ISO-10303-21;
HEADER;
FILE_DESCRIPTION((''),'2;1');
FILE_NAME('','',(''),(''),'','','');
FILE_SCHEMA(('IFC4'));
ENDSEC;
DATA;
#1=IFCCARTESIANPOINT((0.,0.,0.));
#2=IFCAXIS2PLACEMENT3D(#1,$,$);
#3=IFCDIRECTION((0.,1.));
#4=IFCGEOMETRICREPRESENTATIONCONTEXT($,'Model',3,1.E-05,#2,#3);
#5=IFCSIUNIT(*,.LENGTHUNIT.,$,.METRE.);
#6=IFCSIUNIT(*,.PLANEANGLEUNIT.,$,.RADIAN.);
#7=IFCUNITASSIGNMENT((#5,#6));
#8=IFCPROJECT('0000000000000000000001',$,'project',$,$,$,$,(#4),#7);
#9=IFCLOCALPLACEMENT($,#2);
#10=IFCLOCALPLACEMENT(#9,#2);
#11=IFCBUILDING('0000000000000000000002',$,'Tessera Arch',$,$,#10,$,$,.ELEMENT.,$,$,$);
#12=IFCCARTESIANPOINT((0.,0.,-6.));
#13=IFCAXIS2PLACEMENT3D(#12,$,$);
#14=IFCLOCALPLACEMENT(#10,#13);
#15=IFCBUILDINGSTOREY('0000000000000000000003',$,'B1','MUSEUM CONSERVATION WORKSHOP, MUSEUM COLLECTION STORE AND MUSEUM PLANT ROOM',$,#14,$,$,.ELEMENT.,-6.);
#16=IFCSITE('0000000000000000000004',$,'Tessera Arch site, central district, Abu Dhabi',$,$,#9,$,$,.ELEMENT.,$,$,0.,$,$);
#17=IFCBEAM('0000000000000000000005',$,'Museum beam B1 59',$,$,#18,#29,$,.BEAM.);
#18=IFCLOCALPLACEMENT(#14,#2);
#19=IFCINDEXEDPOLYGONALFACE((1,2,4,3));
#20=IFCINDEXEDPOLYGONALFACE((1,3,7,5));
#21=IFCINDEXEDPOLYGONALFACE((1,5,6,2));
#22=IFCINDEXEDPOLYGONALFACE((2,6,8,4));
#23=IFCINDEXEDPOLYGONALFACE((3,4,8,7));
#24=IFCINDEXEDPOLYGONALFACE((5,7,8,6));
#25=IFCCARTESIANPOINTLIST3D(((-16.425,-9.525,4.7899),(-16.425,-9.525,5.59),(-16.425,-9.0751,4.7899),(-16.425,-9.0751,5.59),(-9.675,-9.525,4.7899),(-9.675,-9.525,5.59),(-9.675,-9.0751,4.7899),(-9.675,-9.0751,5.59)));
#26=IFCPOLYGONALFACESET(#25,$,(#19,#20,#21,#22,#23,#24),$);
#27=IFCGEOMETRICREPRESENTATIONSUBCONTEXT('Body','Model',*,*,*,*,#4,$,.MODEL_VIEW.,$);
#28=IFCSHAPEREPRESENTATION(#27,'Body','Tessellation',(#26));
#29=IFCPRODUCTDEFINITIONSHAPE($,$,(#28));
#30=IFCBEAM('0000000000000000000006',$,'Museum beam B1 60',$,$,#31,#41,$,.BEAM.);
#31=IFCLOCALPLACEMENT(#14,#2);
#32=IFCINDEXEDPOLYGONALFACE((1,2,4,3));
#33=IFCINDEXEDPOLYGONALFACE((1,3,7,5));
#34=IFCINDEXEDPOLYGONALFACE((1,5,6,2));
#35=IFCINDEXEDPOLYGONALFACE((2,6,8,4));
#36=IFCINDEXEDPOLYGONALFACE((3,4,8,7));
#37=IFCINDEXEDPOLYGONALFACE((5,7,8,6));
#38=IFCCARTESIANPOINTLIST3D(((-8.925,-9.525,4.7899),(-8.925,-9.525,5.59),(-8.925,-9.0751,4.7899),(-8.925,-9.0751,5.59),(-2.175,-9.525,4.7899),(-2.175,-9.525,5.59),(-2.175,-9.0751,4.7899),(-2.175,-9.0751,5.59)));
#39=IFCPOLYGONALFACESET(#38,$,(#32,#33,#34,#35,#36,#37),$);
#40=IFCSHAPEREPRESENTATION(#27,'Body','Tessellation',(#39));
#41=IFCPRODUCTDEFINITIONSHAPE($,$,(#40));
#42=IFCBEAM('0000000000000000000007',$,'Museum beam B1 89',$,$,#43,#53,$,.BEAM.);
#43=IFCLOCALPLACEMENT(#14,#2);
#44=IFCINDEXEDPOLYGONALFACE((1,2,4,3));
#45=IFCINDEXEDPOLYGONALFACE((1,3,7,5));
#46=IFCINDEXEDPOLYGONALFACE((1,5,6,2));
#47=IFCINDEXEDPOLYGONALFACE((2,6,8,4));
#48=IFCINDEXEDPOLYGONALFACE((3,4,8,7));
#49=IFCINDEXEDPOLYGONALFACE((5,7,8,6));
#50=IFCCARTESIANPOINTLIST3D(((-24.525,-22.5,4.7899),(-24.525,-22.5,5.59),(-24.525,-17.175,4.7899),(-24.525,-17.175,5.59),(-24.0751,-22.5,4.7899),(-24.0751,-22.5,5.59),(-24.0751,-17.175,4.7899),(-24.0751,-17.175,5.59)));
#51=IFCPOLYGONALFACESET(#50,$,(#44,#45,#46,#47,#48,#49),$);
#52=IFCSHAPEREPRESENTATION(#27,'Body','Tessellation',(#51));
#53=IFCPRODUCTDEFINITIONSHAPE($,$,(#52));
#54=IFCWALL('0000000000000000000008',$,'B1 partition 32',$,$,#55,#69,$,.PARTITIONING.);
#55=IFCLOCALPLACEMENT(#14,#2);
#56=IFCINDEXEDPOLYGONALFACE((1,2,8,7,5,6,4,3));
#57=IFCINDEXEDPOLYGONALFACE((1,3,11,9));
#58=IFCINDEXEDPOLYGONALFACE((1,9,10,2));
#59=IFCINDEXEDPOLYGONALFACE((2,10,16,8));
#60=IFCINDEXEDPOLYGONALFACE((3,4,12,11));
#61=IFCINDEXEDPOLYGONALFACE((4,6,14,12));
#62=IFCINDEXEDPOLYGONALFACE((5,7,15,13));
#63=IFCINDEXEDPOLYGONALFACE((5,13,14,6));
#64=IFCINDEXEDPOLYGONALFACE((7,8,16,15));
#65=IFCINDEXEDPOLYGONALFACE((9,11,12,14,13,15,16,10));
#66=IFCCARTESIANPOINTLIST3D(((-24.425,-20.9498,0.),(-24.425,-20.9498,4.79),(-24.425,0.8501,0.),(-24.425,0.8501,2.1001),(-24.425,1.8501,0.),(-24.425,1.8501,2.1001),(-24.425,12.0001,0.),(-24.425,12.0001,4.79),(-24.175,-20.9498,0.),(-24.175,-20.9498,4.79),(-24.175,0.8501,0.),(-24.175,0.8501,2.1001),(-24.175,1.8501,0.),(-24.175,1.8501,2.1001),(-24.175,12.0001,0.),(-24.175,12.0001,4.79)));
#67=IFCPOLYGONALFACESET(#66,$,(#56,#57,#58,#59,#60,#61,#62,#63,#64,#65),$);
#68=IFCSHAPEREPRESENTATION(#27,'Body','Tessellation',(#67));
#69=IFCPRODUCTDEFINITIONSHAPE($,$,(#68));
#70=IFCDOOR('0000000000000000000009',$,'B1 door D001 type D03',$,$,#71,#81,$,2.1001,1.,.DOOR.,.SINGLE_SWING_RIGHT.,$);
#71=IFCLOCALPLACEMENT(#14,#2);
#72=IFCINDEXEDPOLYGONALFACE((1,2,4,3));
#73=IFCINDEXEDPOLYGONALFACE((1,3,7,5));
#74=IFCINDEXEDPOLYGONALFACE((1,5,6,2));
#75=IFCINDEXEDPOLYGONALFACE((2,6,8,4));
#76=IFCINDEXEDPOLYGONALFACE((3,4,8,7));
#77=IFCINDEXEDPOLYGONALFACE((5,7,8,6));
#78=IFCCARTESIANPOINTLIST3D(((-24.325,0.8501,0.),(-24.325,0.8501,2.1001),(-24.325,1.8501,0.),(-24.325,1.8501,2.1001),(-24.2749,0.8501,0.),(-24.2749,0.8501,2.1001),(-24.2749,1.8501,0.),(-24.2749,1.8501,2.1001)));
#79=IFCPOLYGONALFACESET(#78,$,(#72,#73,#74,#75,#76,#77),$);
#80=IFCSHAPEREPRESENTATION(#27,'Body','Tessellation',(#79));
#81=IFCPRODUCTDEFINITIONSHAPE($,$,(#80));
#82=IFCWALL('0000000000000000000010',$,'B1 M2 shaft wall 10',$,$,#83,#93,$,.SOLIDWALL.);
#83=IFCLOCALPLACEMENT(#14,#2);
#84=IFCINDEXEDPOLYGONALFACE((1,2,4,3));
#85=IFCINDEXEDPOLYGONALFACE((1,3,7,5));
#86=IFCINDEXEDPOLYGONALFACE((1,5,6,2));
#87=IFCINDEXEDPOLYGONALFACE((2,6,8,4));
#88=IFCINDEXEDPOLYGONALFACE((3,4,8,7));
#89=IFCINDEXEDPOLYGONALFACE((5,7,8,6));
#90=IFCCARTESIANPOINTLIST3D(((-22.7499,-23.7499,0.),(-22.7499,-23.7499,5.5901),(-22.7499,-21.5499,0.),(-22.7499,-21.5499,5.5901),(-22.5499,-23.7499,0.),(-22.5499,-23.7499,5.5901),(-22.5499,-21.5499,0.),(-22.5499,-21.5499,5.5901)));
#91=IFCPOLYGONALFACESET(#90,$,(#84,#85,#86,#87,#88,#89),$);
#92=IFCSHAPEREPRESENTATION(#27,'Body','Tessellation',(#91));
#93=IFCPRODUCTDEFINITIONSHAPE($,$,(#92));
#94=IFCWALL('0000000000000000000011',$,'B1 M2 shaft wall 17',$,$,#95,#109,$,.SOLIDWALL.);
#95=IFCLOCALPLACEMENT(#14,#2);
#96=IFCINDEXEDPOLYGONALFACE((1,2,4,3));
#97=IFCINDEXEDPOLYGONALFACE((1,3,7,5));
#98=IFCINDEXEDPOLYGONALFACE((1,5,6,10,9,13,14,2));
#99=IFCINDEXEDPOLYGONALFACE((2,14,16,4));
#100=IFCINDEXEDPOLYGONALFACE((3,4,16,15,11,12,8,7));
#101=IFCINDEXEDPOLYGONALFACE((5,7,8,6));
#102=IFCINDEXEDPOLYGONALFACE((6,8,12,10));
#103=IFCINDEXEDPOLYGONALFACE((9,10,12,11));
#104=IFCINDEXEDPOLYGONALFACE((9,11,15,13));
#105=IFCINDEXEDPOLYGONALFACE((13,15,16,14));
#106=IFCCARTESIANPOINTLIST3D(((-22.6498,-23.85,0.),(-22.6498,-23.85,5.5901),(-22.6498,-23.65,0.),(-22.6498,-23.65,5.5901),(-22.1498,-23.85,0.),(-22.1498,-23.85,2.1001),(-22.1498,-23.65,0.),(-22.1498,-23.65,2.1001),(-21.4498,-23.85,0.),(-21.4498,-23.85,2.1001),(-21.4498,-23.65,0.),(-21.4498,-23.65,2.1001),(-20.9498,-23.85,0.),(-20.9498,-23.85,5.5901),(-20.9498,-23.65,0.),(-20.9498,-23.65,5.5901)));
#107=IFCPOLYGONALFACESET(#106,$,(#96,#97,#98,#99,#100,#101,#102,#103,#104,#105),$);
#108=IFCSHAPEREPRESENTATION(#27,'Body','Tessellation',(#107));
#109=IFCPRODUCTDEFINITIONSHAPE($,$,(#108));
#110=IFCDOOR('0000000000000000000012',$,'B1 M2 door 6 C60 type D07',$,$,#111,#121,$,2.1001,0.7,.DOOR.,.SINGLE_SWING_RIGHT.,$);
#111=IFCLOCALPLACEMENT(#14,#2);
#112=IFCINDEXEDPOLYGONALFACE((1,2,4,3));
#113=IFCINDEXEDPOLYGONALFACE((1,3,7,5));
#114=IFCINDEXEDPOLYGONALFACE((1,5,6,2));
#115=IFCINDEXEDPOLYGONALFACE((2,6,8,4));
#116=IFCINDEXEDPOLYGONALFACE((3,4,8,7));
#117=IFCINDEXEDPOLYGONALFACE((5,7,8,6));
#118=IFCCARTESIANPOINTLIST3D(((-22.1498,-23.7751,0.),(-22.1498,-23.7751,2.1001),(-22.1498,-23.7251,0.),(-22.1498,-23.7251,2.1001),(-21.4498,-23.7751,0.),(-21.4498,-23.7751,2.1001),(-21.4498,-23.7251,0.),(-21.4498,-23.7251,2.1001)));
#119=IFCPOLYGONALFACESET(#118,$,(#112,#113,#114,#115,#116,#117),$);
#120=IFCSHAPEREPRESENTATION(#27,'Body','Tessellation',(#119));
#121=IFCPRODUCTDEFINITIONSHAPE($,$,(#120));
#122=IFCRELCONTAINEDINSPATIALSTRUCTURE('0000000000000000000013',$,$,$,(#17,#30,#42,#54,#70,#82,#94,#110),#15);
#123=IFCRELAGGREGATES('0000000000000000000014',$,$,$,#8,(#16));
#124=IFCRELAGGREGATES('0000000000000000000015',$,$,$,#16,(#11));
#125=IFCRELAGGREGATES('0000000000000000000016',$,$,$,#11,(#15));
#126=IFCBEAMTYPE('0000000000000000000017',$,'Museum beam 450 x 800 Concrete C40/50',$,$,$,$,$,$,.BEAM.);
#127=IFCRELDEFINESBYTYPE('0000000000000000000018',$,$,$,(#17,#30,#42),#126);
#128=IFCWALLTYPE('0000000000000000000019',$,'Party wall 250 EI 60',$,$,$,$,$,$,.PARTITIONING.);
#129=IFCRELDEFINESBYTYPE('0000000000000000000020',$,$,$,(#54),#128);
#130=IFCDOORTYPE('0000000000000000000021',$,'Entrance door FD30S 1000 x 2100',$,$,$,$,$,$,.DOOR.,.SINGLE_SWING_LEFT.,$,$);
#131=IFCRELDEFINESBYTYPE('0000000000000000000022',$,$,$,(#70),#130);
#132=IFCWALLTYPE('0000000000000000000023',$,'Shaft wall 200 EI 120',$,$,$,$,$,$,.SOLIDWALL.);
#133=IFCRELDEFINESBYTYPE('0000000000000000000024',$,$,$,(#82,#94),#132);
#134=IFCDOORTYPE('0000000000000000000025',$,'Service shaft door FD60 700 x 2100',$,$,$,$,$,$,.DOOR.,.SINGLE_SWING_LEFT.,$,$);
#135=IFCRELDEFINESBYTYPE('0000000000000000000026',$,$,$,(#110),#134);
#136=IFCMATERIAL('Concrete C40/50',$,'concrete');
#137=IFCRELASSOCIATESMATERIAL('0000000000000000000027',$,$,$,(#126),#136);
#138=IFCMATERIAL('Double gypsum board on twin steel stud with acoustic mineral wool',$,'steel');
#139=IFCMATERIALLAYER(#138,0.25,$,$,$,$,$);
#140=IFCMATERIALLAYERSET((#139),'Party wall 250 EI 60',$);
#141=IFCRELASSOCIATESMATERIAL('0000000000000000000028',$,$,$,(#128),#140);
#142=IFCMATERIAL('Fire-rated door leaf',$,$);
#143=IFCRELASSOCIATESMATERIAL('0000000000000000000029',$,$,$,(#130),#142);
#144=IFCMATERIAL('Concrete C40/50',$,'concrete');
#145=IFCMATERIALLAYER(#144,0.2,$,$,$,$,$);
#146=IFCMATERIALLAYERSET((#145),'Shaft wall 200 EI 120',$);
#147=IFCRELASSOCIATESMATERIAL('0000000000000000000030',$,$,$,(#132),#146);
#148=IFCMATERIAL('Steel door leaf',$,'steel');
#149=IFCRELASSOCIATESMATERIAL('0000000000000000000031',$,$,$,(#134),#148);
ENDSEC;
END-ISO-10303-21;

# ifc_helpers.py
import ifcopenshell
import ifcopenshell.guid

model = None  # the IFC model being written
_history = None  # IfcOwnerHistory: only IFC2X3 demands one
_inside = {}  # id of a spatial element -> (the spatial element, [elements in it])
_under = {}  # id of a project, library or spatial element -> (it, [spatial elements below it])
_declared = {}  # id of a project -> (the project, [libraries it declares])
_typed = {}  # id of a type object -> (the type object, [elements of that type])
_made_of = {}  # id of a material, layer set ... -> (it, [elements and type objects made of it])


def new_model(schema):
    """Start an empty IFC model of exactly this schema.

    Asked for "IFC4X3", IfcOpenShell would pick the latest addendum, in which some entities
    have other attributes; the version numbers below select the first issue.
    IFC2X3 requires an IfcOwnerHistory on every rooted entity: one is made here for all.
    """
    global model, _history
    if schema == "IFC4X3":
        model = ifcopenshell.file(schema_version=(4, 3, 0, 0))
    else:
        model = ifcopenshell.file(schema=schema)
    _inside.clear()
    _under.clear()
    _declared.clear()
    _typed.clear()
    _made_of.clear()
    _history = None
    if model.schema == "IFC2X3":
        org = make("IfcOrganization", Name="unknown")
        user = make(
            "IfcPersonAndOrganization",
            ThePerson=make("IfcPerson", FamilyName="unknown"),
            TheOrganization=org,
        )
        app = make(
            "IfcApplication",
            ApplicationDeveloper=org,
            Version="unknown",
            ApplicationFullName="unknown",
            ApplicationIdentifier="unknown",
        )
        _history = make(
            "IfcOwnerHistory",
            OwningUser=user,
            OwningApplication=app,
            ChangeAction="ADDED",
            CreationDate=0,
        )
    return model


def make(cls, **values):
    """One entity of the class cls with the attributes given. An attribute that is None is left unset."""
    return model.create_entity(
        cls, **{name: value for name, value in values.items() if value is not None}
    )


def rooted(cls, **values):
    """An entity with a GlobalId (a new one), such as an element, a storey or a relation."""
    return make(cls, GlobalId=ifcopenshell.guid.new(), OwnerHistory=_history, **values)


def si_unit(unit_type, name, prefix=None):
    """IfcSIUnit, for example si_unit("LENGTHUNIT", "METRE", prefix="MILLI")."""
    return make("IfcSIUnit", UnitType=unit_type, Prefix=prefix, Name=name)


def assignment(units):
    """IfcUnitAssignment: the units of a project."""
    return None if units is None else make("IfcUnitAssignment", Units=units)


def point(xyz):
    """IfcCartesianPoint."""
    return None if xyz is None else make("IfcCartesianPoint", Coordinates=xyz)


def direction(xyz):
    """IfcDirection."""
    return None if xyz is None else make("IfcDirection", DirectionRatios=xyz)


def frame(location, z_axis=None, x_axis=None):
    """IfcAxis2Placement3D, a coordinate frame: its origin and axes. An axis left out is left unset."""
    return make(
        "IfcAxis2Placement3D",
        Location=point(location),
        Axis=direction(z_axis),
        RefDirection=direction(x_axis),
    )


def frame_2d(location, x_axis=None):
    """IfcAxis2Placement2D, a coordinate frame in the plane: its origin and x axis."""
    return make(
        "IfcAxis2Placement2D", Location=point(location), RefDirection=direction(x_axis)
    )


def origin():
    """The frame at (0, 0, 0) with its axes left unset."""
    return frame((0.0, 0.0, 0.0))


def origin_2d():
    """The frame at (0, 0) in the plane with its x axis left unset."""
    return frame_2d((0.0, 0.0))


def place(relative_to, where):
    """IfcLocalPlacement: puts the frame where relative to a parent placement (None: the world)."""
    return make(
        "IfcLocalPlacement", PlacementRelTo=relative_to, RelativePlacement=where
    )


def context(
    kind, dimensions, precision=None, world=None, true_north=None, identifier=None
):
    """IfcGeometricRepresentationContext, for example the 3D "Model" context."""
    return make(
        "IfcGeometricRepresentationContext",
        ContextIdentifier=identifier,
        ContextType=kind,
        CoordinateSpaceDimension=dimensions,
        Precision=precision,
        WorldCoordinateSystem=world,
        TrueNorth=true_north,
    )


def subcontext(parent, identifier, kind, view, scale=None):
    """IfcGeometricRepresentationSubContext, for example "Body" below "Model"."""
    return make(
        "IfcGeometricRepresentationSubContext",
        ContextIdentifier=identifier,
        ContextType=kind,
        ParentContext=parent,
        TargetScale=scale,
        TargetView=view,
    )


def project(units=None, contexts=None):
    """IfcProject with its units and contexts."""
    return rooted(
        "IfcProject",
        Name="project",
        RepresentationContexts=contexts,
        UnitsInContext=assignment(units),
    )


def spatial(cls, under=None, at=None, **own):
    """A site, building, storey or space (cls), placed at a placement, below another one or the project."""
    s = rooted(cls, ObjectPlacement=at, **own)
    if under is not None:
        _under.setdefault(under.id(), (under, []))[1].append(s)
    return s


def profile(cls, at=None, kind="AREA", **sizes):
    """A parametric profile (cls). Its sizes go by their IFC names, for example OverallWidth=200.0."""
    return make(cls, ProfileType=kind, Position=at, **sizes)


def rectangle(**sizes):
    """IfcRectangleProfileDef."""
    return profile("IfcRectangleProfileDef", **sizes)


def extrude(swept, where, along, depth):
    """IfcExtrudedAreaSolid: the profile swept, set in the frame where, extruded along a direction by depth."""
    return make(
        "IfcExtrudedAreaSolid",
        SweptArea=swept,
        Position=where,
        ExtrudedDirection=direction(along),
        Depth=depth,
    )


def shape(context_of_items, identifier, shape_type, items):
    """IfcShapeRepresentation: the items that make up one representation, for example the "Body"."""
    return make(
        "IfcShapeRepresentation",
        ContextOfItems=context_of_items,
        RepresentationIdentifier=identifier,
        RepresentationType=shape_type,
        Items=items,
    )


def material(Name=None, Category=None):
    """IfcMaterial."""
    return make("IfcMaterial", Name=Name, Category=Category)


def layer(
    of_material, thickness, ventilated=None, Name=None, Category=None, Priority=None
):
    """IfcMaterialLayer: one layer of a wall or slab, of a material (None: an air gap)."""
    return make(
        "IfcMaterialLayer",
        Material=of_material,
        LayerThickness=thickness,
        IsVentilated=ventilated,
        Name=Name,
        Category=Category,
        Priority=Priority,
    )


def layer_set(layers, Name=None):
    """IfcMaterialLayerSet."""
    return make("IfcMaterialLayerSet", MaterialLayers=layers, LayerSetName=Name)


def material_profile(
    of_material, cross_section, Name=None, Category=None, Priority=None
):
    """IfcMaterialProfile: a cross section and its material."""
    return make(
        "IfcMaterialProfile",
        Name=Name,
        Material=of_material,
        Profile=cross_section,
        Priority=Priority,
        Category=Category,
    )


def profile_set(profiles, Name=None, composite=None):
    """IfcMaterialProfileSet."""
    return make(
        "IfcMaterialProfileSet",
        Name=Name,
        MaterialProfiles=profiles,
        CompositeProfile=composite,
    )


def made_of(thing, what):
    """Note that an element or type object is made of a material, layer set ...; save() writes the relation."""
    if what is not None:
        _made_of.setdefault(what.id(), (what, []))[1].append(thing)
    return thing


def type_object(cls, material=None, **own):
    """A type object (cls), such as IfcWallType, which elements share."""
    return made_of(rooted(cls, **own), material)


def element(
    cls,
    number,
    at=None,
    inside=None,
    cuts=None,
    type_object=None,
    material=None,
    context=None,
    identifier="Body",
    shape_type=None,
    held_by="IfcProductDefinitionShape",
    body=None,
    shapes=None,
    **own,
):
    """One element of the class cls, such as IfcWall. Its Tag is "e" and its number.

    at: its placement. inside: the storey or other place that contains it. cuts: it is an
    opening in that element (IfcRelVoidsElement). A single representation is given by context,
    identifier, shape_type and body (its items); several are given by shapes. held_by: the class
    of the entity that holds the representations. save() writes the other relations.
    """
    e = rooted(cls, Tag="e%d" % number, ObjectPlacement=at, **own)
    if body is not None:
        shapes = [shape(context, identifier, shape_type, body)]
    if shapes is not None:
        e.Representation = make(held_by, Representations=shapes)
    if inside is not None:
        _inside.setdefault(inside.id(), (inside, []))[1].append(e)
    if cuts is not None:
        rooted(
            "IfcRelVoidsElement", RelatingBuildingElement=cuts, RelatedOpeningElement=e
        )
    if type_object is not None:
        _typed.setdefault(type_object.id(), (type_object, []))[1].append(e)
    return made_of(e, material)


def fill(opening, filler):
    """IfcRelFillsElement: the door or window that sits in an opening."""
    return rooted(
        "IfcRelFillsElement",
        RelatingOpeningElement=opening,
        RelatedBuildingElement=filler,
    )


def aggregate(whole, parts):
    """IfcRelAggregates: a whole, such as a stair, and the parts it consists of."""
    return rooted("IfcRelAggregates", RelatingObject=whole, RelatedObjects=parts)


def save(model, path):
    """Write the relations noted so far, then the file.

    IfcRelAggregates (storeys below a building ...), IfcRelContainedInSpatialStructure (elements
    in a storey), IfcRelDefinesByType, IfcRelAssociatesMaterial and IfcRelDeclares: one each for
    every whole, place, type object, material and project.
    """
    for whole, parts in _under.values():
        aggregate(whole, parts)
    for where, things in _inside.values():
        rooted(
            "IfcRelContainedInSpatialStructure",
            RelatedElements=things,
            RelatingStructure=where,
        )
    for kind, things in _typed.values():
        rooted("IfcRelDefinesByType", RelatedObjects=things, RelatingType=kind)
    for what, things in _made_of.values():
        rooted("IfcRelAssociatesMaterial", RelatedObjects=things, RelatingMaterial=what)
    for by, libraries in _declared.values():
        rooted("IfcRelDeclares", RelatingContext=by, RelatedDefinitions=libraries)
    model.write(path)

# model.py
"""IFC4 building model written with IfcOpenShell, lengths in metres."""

from ifc_helpers import new_model, si_unit, direction, frame, frame_2d, origin, origin_2d, place, context, subcontext, project, spatial, rectangle, extrude, material, layer, layer_set, material_profile, profile_set, type_object, element, fill, save


model = new_model("IFC4")

# Units and contexts
model_context = context("Model", 3, precision=1e-05, world=origin(), true_north=direction((0.0, 1.0)))
body_context = subcontext(model_context, "Body", "Model", "MODEL_VIEW")
ifc_project = project(units=[si_unit("LENGTHUNIT", "METRE"), si_unit("PLANEANGLEUNIT", "RADIAN")], contexts=[model_context])

# Site, building, storey
site_placement = place(None, origin())
site = spatial("IfcSite", under=ifc_project, at=site_placement, Name="Tessera Arch site, central district, Abu Dhabi", CompositionType="ELEMENT", RefElevation=0.0)
building_placement = place(site_placement, origin())
building = spatial("IfcBuilding", under=site, at=building_placement, Name="Tessera Arch", CompositionType="ELEMENT")
storey_placement = place(building_placement, frame((0.0, 0.0, -6.0)))
storey = spatial("IfcBuildingStorey", under=building, at=storey_placement, Name="B1", Description="MUSEUM CONSERVATION WORKSHOP, MUSEUM COLLECTION STORE AND MUSEUM PLANT ROOM", CompositionType="ELEMENT", Elevation=-6.0)

# Beams
ifc_material_1 = material(Name="Concrete C40/50", Category="concrete")
ifc_material_profile_1 = material_profile(ifc_material_1, rectangle(XDim=0.45, YDim=0.8, at=origin_2d()), Name="Museum beam 450 x 800 Concrete C40/50")
ifc_profile_set_1 = profile_set([ifc_material_profile_1], Name="Concrete C40/50")
beam_type = type_object("IfcBeamType", Name="Museum beam 450 x 800 Concrete C40/50", PredefinedType="BEAM", material=ifc_profile_set_1)
for number, where, z_axis, x_axis, name in (
    (1, (-16.425, -9.3, 5.1899), (1.0, 0.0, 0.0), (0.0, 1.0, 0.0), "Museum beam B1 59"),
    (2, (-8.925, -9.3, 5.1899), (1.0, 0.0, 0.0), (0.0, 1.0, 0.0), "Museum beam B1 60"),
):
    element("IfcBeam", number, at=place(storey_placement, frame(where, z_axis=z_axis, x_axis=x_axis)), inside=storey, type_object=beam_type, Name=name, PredefinedType="BEAM", context=body_context, shape_type="SweptSolid", body=[
        extrude(rectangle(XDim=0.45, YDim=0.8, at=origin_2d()), origin(), (0.0, 0.0, 1.0), 6.75),
    ])
beam_1_placement = place(storey_placement, frame((-24.3, -17.175, 5.1899), z_axis=(0.0, -1.0, 0.0), x_axis=(1.0, 0.0, 0.0)))
element("IfcBeam", 3, at=beam_1_placement, inside=storey, type_object=beam_type, Name="Museum beam B1 89", PredefinedType="BEAM", context=body_context, shape_type="SweptSolid", body=[
    extrude(rectangle(XDim=0.45, YDim=0.8, at=origin_2d()), origin(), (0.0, 0.0, 1.0), 5.325),
])

# Wall, opening, door
ifc_material_2 = material(Name="Double gypsum board on twin steel stud with acoustic mineral wool", Category="steel")
ifc_layer_1 = layer(ifc_material_2, 0.25)
ifc_layer_set_1 = layer_set([ifc_layer_1], Name="Party wall 250 EI 60")
wall_type_1 = type_object("IfcWallType", Name="Party wall 250 EI 60", PredefinedType="PARTITIONING", material=ifc_layer_set_1)
wall_1_placement = place(storey_placement, frame((-24.3, -20.95, 0.0), z_axis=(0.0, 0.0, 1.0), x_axis=(0.0, 1.0, 0.0)))
wall_1 = element("IfcWall", 4, at=wall_1_placement, inside=storey, type_object=wall_type_1, Name="B1 partition 32", PredefinedType="PARTITIONING", context=body_context, shape_type="SweptSolid", body=[
    extrude(rectangle(XDim=32.95, YDim=0.25, at=frame_2d((16.4751, 0.0))), origin(), (0.0, 0.0, 1.0), 4.79),
])
opening_1_placement = place(wall_1_placement, frame((21.8, 0.0, 0.0)))
opening_1 = element("IfcOpeningElement", 5, at=opening_1_placement, cuts=wall_1, PredefinedType="OPENING", context=body_context, shape_type="SweptSolid", body=[
    extrude(rectangle(XDim=1.0, YDim=2.1001, at=frame_2d((0.5, 1.05))), frame((0.0, 0.135, 0.0), z_axis=(0.0, -1.0, 0.0), x_axis=(1.0, 0.0, 0.0)), (0.0, 0.0, 1.0), 0.27),
])
ifc_material_3 = material(Name="Fire-rated door leaf")
door_type_1 = type_object("IfcDoorType", Name="Entrance door FD30S 1000 x 2100", OperationType="SINGLE_SWING_LEFT", PredefinedType="DOOR", material=ifc_material_3)
door_1_placement = place(opening_1_placement, origin())
door_1 = element("IfcDoor", 6, at=door_1_placement, inside=storey, type_object=door_type_1, Name="B1 door D001 type D03", OperationType="SINGLE_SWING_RIGHT", OverallHeight=2.1001, OverallWidth=1.0, PredefinedType="DOOR", context=body_context, shape_type="SweptSolid", body=[
    extrude(rectangle(XDim=1.0, YDim=2.1001, at=frame_2d((0.5, 1.05))), frame((0.0, 0.0249, 0.0), z_axis=(0.0, -1.0, 0.0), x_axis=(1.0, 0.0, 0.0)), (0.0, 0.0, 1.0), 0.05),
])
fill(opening_1, door_1)

# Wall
ifc_material_4 = material(Name="Concrete C40/50", Category="concrete")
ifc_layer_2 = layer(ifc_material_4, 0.2)
ifc_layer_set_2 = layer_set([ifc_layer_2], Name="Shaft wall 200 EI 120")
wall_type_2 = type_object("IfcWallType", Name="Shaft wall 200 EI 120", PredefinedType="SOLIDWALL", material=ifc_layer_set_2)
wall_2_placement = place(storey_placement, frame((-22.6499, -23.75, 0.0), z_axis=(0.0, 0.0, 1.0), x_axis=(0.0, 1.0, 0.0)))
element("IfcWall", 7, at=wall_2_placement, inside=storey, type_object=wall_type_2, Name="B1 M2 shaft wall 10", PredefinedType="SOLIDWALL", context=body_context, shape_type="SweptSolid", body=[
    extrude(rectangle(XDim=2.2, YDim=0.2, at=frame_2d((1.1001, 0.0))), origin(), (0.0, 0.0, 1.0), 5.5901),
])

# Wall, opening, door
wall_3_placement = place(storey_placement, frame((-22.6499, -23.75, 0.0), z_axis=(0.0, 0.0, 1.0), x_axis=(1.0, 0.0, 0.0)))
wall_3 = element("IfcWall", 8, at=wall_3_placement, inside=storey, type_object=wall_type_2, Name="B1 M2 shaft wall 17", PredefinedType="SOLIDWALL", context=body_context, shape_type="SweptSolid", body=[
    extrude(rectangle(XDim=1.7, YDim=0.2, at=frame_2d((0.8501, 0.0))), origin(), (0.0, 0.0, 1.0), 5.5901),
])
opening_2_placement = place(wall_3_placement, frame((0.5, 0.0, 0.0)))
opening_2 = element("IfcOpeningElement", 9, at=opening_2_placement, cuts=wall_3, PredefinedType="OPENING", context=body_context, shape_type="SweptSolid", body=[
    extrude(rectangle(XDim=0.7, YDim=2.1001, at=frame_2d((0.3501, 1.05))), frame((0.0, 0.1099, 0.0), z_axis=(0.0, -1.0, 0.0), x_axis=(1.0, 0.0, 0.0)), (0.0, 0.0, 1.0), 0.22),
])
ifc_material_5 = material(Name="Steel door leaf", Category="steel")
door_type_2 = type_object("IfcDoorType", Name="Service shaft door FD60 700 x 2100", OperationType="SINGLE_SWING_LEFT", PredefinedType="DOOR", material=ifc_material_5)
door_2_placement = place(opening_2_placement, origin())
door_2 = element("IfcDoor", 10, at=door_2_placement, inside=storey, type_object=door_type_2, Name="B1 M2 door 6 C60 type D07", OperationType="SINGLE_SWING_RIGHT", OverallHeight=2.1001, OverallWidth=0.7, PredefinedType="DOOR", context=body_context, shape_type="SweptSolid", body=[
    extrude(rectangle(XDim=0.7, YDim=2.1001, at=frame_2d((0.3501, 1.05))), frame((0.0, 0.0249, 0.0), z_axis=(0.0, -1.0, 0.0), x_axis=(1.0, 0.0, 0.0)), (0.0, 0.0, 1.0), 0.05),
])
fill(opening_2, door_2)

save(model, "model.ifc")
